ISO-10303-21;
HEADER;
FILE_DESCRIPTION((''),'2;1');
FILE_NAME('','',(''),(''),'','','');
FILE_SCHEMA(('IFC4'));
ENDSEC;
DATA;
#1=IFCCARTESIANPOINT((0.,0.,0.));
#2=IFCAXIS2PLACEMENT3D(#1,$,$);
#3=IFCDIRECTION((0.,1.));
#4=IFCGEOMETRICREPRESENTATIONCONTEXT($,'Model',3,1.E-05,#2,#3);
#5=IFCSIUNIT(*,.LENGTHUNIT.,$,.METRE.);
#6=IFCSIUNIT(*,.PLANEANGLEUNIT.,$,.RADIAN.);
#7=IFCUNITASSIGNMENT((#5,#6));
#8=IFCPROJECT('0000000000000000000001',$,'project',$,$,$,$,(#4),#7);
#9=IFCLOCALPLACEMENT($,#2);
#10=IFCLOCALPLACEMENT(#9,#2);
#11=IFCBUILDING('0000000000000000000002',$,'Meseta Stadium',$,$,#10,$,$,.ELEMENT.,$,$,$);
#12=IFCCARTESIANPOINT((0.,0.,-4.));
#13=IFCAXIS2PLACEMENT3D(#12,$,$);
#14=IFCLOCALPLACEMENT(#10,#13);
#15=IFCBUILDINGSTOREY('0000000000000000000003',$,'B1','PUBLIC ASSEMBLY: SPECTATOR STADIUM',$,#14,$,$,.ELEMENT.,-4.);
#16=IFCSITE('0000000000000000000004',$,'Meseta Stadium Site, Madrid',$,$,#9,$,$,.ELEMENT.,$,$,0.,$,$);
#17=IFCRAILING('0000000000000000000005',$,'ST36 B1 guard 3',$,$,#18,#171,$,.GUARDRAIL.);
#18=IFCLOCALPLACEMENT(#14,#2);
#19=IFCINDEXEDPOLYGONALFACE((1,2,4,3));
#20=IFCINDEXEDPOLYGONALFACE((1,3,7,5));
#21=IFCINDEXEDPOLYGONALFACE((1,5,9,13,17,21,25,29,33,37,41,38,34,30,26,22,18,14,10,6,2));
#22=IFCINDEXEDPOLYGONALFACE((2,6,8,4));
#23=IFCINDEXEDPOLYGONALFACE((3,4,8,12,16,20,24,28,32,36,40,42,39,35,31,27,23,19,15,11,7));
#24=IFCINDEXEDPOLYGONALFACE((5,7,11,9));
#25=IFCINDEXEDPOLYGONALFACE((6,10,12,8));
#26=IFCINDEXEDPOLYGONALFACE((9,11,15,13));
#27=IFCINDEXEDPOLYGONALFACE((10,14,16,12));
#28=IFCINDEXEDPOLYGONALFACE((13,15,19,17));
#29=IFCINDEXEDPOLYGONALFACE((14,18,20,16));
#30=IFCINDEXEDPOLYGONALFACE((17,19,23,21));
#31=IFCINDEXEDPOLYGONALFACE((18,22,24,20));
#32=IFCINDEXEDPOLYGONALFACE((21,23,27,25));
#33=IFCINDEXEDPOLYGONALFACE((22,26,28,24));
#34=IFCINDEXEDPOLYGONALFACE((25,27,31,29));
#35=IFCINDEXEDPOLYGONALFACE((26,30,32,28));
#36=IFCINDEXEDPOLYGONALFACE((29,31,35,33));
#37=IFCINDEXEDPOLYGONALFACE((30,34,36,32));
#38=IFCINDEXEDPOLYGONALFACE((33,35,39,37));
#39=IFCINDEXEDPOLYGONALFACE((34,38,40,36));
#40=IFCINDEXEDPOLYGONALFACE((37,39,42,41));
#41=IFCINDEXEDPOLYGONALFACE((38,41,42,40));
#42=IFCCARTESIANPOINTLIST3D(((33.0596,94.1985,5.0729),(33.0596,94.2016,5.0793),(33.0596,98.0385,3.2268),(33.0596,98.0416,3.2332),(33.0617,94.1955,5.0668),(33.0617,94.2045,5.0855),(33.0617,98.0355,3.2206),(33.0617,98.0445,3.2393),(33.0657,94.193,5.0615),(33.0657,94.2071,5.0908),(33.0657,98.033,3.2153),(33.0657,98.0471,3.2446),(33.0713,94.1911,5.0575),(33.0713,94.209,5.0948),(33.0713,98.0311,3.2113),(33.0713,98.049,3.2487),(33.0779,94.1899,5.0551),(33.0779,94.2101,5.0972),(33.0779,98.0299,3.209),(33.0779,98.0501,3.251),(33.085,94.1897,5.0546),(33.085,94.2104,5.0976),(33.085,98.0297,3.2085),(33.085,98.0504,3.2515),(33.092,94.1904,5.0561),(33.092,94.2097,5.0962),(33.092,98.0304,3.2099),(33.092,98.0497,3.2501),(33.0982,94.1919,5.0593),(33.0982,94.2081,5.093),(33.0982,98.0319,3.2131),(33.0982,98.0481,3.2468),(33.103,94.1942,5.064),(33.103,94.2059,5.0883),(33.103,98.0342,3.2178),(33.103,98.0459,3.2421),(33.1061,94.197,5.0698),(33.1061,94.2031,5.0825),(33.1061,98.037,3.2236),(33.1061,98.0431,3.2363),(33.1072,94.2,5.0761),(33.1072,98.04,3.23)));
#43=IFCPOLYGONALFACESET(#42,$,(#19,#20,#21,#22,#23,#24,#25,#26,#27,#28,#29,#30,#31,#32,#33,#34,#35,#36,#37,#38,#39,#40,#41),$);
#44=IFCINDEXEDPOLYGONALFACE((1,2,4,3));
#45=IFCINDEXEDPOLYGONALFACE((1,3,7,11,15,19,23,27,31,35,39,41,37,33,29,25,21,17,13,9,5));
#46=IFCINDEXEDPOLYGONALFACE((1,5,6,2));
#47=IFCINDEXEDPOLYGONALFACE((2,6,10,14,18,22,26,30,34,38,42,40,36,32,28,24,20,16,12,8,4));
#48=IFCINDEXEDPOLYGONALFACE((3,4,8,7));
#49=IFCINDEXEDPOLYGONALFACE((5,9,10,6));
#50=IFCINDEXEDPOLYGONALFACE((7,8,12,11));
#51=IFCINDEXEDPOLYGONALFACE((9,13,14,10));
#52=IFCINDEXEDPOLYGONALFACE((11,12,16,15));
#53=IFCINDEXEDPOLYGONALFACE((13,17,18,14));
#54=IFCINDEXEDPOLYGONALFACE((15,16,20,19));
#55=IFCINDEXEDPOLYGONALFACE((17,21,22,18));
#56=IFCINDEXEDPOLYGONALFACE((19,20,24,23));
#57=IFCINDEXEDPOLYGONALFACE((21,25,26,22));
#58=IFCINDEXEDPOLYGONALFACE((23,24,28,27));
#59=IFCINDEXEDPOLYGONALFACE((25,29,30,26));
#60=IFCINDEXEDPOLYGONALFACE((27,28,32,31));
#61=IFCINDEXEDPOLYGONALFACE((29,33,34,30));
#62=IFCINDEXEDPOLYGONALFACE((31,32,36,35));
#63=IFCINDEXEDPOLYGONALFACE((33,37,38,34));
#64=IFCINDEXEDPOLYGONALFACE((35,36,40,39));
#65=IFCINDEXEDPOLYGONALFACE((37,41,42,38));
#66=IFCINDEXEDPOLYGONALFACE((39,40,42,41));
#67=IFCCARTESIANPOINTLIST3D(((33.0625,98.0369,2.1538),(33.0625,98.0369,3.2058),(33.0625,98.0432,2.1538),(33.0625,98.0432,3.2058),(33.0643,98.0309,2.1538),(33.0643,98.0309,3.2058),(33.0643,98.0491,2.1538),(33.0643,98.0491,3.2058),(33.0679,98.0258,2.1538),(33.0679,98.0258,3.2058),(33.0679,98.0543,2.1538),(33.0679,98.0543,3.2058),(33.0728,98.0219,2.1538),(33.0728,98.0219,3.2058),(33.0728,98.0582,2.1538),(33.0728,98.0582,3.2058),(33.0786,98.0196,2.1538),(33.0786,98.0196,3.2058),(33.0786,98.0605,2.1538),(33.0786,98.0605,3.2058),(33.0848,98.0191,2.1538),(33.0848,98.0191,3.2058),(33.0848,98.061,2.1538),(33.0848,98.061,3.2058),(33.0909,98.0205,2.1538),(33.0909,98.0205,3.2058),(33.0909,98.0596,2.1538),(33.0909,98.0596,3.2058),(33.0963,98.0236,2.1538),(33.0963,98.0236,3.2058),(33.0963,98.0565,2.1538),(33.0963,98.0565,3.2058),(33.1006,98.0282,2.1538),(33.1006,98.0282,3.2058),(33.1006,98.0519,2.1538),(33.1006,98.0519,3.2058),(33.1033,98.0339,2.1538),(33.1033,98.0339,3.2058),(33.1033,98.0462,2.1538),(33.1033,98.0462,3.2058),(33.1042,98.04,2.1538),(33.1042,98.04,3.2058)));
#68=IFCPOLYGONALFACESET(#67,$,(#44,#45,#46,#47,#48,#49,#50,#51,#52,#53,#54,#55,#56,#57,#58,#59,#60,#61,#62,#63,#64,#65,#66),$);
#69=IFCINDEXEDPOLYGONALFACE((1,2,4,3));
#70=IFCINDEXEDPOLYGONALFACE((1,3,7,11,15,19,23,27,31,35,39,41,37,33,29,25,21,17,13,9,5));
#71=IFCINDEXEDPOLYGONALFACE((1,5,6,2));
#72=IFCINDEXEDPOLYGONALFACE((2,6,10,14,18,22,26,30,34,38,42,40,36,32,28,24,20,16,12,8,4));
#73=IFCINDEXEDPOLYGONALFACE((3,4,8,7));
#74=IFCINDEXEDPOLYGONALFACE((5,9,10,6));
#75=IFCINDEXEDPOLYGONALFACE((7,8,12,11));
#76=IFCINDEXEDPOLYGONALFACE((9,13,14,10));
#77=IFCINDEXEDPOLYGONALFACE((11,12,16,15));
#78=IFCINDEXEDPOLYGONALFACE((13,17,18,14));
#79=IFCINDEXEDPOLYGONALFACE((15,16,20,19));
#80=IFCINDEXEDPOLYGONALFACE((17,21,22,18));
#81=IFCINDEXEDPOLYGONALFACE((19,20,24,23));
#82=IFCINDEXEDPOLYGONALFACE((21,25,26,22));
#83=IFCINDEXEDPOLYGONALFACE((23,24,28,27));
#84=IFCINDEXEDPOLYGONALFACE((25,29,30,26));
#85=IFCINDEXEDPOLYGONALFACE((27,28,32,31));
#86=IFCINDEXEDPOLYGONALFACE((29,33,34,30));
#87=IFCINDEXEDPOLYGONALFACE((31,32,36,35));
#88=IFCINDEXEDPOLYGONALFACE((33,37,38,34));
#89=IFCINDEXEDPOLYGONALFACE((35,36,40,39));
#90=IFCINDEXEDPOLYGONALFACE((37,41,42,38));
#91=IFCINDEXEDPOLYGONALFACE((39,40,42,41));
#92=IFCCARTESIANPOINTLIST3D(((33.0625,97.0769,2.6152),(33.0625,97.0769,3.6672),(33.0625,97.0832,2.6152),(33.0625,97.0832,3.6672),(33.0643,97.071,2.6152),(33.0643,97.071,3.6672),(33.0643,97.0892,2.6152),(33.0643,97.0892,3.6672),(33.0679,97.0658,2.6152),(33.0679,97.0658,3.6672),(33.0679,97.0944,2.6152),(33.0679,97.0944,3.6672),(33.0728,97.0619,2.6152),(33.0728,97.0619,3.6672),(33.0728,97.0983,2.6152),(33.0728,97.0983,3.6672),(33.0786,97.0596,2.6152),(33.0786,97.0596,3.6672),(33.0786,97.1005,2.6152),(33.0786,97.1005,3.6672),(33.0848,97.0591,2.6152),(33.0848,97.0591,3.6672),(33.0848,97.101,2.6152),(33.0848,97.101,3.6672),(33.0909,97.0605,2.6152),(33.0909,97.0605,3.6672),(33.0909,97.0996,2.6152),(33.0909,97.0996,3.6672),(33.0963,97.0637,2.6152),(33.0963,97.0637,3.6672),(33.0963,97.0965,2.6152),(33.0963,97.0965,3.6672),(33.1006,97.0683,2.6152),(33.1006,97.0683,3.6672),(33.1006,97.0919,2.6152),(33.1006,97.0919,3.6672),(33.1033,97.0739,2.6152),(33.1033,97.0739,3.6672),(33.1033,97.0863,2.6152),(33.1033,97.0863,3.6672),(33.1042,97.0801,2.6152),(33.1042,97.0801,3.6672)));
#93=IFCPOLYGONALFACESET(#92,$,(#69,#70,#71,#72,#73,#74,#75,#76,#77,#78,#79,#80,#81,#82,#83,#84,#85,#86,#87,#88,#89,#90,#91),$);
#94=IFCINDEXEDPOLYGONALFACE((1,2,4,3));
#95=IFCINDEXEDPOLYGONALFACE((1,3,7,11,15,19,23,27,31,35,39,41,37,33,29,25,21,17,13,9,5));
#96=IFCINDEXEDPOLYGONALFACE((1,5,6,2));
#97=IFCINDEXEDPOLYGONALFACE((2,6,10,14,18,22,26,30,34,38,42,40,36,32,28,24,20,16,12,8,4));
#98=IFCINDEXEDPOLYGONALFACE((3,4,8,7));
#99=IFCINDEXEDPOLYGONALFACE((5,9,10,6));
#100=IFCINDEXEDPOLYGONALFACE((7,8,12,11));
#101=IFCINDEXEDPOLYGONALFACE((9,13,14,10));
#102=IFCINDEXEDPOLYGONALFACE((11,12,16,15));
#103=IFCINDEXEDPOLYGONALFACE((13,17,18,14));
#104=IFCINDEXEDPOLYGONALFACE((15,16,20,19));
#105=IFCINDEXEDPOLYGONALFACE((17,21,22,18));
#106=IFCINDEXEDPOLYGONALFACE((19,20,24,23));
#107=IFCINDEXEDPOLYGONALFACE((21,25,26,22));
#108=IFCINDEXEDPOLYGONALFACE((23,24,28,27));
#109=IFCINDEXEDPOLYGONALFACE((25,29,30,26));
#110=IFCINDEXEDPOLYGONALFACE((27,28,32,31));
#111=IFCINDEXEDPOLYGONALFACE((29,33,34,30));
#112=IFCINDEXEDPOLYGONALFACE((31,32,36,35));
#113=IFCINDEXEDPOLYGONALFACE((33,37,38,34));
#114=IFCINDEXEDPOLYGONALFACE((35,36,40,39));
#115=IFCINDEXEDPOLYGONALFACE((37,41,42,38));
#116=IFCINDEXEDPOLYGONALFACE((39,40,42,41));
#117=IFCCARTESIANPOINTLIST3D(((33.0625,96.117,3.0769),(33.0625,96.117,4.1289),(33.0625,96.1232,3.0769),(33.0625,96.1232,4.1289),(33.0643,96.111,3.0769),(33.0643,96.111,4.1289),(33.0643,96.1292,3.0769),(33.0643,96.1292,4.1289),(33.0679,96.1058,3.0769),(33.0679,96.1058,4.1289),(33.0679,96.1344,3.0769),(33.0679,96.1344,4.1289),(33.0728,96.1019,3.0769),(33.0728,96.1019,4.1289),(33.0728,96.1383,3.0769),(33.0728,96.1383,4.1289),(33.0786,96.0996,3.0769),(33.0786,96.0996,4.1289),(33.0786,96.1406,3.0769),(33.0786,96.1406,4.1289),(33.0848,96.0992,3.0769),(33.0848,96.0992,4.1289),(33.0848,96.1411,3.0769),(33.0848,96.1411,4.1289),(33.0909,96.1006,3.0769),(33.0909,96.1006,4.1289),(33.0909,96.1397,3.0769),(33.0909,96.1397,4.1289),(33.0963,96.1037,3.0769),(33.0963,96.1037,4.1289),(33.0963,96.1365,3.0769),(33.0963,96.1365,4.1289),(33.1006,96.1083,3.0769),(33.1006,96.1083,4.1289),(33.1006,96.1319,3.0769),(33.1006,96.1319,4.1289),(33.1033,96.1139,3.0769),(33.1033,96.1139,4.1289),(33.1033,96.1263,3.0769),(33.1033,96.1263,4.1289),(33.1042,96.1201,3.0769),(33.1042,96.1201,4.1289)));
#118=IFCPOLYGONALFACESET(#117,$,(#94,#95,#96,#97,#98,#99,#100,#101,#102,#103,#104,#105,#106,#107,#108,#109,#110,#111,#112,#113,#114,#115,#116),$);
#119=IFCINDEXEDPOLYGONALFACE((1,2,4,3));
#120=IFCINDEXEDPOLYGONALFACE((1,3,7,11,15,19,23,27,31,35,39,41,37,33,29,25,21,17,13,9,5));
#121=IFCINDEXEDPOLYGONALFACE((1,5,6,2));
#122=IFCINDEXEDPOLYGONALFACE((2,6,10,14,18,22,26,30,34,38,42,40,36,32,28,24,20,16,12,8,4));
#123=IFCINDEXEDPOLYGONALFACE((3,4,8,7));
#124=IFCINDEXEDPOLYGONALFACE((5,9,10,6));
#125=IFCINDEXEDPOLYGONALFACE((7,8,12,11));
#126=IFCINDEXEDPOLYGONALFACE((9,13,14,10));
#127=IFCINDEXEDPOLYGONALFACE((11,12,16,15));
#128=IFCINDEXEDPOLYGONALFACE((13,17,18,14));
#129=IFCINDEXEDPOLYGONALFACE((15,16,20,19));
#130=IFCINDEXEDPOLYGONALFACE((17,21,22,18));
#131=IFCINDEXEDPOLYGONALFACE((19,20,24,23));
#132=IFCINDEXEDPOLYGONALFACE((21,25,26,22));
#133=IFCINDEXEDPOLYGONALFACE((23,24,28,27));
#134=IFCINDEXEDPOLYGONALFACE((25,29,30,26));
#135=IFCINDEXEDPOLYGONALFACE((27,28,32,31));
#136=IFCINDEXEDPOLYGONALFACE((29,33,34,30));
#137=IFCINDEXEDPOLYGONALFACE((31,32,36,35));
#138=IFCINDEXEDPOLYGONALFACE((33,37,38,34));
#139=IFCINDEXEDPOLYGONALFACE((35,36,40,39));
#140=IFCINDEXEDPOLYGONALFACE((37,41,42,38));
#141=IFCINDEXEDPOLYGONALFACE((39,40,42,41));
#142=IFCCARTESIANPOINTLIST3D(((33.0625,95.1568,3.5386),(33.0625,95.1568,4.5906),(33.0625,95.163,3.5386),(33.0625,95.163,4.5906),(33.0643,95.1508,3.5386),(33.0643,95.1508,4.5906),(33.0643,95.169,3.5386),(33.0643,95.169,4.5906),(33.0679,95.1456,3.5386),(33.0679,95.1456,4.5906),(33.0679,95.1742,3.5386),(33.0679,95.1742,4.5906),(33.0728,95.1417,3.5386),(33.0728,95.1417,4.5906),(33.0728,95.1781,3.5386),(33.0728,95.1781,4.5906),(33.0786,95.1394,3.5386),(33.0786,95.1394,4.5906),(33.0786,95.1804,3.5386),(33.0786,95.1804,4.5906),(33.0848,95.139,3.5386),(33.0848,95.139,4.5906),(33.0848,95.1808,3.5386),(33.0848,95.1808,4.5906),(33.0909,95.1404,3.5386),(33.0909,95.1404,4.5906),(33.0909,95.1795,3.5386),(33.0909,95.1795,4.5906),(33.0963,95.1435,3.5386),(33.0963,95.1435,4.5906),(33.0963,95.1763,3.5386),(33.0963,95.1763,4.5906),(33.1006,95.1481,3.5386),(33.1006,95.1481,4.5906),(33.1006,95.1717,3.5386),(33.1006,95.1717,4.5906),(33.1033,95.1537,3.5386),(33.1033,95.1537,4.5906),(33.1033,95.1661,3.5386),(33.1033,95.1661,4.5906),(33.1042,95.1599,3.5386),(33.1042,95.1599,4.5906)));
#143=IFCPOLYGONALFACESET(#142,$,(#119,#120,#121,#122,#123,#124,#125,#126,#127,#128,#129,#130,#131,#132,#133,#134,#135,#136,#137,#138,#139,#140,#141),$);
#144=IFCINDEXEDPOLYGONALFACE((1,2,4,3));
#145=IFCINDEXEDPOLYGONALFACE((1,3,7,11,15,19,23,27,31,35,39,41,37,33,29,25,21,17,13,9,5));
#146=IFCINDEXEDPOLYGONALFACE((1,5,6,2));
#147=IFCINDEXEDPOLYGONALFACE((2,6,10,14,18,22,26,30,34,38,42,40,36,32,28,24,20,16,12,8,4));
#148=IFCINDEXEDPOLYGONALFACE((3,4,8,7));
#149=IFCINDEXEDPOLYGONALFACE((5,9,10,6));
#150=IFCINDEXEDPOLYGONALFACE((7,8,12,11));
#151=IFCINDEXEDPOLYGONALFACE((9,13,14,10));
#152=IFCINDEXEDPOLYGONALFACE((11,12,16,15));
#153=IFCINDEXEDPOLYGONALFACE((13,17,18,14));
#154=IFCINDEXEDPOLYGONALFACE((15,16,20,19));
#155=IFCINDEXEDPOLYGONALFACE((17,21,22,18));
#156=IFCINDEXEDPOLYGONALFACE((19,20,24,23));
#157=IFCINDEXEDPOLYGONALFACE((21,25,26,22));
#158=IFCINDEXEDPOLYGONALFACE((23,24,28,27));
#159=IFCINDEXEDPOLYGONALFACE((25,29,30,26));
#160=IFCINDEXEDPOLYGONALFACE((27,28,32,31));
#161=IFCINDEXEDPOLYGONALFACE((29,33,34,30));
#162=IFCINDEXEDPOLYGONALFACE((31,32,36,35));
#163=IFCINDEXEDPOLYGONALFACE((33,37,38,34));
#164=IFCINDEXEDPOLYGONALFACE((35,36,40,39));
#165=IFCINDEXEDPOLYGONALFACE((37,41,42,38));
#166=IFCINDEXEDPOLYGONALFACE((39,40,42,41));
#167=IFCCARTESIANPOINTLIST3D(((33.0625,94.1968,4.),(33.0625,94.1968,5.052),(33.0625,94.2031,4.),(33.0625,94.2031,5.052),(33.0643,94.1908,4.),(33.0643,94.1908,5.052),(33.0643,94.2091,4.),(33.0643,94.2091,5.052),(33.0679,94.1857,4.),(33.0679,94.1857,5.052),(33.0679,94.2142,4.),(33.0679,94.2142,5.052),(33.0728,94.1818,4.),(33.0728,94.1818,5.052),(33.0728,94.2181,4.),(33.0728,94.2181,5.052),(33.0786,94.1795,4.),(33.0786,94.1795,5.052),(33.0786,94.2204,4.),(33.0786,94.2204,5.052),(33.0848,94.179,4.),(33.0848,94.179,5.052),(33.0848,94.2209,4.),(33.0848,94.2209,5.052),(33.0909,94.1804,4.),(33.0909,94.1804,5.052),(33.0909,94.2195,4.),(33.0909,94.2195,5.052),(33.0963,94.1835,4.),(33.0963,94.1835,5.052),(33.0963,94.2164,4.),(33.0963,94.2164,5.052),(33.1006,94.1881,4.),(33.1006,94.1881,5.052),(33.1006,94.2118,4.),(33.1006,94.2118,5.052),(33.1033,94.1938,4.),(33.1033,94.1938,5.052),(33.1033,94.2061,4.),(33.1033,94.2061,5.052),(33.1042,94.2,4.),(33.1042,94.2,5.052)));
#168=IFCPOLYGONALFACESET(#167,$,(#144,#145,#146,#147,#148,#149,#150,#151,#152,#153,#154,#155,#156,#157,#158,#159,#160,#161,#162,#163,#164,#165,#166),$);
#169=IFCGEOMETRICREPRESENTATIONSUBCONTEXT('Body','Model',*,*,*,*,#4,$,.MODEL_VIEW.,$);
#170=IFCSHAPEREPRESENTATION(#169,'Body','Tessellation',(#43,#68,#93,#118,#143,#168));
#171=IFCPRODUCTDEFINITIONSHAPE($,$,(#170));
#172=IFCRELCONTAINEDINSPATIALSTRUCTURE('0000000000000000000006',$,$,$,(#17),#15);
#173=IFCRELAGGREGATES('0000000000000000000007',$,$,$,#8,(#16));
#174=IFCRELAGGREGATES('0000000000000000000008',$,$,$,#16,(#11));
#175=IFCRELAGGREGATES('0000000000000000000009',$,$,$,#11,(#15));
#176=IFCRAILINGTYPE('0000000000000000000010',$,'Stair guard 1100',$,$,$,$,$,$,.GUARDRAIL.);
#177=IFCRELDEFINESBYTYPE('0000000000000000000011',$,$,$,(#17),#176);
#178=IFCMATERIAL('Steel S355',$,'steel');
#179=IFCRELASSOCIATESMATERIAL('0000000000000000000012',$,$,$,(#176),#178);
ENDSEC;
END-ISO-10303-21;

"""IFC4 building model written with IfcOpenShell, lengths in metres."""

from ifc_helpers import new_model, si_unit, direction, frame, origin, origin_2d, place, context, subcontext, project, spatial, circle, extrude, material, type_object, element, save


model = new_model("IFC4")

# Units and contexts
model_context = context("Model", 3, precision=1e-05, world=origin(), true_north=direction((0.0, 1.0)))
body_context = subcontext(model_context, "Body", "Model", "MODEL_VIEW")
ifc_project = project(units=[si_unit("LENGTHUNIT", "METRE"), si_unit("PLANEANGLEUNIT", "RADIAN")], contexts=[model_context])

# Site, building, storey
site_placement = place(None, origin())
site = spatial("IfcSite", under=ifc_project, at=site_placement, Name="Meseta Stadium Site, Madrid", CompositionType="ELEMENT", RefElevation=0.0)
building_placement = place(site_placement, origin())
building = spatial("IfcBuilding", under=site, at=building_placement, Name="Meseta Stadium", CompositionType="ELEMENT")
storey_placement = place(building_placement, frame((0.0, 0.0, -4.0)))
storey = spatial("IfcBuildingStorey", under=building, at=storey_placement, Name="B1", Description="PUBLIC ASSEMBLY: SPECTATOR STADIUM", CompositionType="ELEMENT", Elevation=-4.0)

# Railing
ifc_material_1 = material(Name="Steel S355", Category="steel")
railing_type_1 = type_object("IfcRailingType", Name="Stair guard 1100", PredefinedType="GUARDRAIL", material=ifc_material_1)
railing_1_placement = place(storey_placement, frame((33.0833, 98.04, 2.1538)))
element("IfcRailing", 1, at=railing_1_placement, inside=storey, type_object=railing_type_1, Name="ST36 B1 guard 3", PredefinedType="GUARDRAIL", context=body_context, shape_type="SweptSolid", body=[
    extrude(circle(Radius=0.0239, at=origin_2d()), frame((0.0, 0.0, 1.0762), z_axis=(0.0, -0.901253, 0.433294), x_axis=(1.0, 0.0, 0.0)), (0.0, 0.0, 1.0), 4.2607),
    extrude(circle(Radius=0.021, at=origin_2d()), origin(), (0.0, 0.0, 1.0), 1.052),
    extrude(circle(Radius=0.021, at=origin_2d()), frame((0.0, -0.96, 0.4614)), (0.0, 0.0, 1.0), 1.052),
    extrude(circle(Radius=0.021, at=origin_2d()), frame((0.0, -1.9199, 0.9231)), (0.0, 0.0, 1.0), 1.052),
    extrude(circle(Radius=0.021, at=origin_2d()), frame((0.0, -2.8801, 1.3848)), (0.0, 0.0, 1.0), 1.052),
    extrude(circle(Radius=0.021, at=origin_2d()), frame((0.0, -3.8401, 1.8462)), (0.0, 0.0, 1.0), 1.052),
])

save(model, "model.ifc")
